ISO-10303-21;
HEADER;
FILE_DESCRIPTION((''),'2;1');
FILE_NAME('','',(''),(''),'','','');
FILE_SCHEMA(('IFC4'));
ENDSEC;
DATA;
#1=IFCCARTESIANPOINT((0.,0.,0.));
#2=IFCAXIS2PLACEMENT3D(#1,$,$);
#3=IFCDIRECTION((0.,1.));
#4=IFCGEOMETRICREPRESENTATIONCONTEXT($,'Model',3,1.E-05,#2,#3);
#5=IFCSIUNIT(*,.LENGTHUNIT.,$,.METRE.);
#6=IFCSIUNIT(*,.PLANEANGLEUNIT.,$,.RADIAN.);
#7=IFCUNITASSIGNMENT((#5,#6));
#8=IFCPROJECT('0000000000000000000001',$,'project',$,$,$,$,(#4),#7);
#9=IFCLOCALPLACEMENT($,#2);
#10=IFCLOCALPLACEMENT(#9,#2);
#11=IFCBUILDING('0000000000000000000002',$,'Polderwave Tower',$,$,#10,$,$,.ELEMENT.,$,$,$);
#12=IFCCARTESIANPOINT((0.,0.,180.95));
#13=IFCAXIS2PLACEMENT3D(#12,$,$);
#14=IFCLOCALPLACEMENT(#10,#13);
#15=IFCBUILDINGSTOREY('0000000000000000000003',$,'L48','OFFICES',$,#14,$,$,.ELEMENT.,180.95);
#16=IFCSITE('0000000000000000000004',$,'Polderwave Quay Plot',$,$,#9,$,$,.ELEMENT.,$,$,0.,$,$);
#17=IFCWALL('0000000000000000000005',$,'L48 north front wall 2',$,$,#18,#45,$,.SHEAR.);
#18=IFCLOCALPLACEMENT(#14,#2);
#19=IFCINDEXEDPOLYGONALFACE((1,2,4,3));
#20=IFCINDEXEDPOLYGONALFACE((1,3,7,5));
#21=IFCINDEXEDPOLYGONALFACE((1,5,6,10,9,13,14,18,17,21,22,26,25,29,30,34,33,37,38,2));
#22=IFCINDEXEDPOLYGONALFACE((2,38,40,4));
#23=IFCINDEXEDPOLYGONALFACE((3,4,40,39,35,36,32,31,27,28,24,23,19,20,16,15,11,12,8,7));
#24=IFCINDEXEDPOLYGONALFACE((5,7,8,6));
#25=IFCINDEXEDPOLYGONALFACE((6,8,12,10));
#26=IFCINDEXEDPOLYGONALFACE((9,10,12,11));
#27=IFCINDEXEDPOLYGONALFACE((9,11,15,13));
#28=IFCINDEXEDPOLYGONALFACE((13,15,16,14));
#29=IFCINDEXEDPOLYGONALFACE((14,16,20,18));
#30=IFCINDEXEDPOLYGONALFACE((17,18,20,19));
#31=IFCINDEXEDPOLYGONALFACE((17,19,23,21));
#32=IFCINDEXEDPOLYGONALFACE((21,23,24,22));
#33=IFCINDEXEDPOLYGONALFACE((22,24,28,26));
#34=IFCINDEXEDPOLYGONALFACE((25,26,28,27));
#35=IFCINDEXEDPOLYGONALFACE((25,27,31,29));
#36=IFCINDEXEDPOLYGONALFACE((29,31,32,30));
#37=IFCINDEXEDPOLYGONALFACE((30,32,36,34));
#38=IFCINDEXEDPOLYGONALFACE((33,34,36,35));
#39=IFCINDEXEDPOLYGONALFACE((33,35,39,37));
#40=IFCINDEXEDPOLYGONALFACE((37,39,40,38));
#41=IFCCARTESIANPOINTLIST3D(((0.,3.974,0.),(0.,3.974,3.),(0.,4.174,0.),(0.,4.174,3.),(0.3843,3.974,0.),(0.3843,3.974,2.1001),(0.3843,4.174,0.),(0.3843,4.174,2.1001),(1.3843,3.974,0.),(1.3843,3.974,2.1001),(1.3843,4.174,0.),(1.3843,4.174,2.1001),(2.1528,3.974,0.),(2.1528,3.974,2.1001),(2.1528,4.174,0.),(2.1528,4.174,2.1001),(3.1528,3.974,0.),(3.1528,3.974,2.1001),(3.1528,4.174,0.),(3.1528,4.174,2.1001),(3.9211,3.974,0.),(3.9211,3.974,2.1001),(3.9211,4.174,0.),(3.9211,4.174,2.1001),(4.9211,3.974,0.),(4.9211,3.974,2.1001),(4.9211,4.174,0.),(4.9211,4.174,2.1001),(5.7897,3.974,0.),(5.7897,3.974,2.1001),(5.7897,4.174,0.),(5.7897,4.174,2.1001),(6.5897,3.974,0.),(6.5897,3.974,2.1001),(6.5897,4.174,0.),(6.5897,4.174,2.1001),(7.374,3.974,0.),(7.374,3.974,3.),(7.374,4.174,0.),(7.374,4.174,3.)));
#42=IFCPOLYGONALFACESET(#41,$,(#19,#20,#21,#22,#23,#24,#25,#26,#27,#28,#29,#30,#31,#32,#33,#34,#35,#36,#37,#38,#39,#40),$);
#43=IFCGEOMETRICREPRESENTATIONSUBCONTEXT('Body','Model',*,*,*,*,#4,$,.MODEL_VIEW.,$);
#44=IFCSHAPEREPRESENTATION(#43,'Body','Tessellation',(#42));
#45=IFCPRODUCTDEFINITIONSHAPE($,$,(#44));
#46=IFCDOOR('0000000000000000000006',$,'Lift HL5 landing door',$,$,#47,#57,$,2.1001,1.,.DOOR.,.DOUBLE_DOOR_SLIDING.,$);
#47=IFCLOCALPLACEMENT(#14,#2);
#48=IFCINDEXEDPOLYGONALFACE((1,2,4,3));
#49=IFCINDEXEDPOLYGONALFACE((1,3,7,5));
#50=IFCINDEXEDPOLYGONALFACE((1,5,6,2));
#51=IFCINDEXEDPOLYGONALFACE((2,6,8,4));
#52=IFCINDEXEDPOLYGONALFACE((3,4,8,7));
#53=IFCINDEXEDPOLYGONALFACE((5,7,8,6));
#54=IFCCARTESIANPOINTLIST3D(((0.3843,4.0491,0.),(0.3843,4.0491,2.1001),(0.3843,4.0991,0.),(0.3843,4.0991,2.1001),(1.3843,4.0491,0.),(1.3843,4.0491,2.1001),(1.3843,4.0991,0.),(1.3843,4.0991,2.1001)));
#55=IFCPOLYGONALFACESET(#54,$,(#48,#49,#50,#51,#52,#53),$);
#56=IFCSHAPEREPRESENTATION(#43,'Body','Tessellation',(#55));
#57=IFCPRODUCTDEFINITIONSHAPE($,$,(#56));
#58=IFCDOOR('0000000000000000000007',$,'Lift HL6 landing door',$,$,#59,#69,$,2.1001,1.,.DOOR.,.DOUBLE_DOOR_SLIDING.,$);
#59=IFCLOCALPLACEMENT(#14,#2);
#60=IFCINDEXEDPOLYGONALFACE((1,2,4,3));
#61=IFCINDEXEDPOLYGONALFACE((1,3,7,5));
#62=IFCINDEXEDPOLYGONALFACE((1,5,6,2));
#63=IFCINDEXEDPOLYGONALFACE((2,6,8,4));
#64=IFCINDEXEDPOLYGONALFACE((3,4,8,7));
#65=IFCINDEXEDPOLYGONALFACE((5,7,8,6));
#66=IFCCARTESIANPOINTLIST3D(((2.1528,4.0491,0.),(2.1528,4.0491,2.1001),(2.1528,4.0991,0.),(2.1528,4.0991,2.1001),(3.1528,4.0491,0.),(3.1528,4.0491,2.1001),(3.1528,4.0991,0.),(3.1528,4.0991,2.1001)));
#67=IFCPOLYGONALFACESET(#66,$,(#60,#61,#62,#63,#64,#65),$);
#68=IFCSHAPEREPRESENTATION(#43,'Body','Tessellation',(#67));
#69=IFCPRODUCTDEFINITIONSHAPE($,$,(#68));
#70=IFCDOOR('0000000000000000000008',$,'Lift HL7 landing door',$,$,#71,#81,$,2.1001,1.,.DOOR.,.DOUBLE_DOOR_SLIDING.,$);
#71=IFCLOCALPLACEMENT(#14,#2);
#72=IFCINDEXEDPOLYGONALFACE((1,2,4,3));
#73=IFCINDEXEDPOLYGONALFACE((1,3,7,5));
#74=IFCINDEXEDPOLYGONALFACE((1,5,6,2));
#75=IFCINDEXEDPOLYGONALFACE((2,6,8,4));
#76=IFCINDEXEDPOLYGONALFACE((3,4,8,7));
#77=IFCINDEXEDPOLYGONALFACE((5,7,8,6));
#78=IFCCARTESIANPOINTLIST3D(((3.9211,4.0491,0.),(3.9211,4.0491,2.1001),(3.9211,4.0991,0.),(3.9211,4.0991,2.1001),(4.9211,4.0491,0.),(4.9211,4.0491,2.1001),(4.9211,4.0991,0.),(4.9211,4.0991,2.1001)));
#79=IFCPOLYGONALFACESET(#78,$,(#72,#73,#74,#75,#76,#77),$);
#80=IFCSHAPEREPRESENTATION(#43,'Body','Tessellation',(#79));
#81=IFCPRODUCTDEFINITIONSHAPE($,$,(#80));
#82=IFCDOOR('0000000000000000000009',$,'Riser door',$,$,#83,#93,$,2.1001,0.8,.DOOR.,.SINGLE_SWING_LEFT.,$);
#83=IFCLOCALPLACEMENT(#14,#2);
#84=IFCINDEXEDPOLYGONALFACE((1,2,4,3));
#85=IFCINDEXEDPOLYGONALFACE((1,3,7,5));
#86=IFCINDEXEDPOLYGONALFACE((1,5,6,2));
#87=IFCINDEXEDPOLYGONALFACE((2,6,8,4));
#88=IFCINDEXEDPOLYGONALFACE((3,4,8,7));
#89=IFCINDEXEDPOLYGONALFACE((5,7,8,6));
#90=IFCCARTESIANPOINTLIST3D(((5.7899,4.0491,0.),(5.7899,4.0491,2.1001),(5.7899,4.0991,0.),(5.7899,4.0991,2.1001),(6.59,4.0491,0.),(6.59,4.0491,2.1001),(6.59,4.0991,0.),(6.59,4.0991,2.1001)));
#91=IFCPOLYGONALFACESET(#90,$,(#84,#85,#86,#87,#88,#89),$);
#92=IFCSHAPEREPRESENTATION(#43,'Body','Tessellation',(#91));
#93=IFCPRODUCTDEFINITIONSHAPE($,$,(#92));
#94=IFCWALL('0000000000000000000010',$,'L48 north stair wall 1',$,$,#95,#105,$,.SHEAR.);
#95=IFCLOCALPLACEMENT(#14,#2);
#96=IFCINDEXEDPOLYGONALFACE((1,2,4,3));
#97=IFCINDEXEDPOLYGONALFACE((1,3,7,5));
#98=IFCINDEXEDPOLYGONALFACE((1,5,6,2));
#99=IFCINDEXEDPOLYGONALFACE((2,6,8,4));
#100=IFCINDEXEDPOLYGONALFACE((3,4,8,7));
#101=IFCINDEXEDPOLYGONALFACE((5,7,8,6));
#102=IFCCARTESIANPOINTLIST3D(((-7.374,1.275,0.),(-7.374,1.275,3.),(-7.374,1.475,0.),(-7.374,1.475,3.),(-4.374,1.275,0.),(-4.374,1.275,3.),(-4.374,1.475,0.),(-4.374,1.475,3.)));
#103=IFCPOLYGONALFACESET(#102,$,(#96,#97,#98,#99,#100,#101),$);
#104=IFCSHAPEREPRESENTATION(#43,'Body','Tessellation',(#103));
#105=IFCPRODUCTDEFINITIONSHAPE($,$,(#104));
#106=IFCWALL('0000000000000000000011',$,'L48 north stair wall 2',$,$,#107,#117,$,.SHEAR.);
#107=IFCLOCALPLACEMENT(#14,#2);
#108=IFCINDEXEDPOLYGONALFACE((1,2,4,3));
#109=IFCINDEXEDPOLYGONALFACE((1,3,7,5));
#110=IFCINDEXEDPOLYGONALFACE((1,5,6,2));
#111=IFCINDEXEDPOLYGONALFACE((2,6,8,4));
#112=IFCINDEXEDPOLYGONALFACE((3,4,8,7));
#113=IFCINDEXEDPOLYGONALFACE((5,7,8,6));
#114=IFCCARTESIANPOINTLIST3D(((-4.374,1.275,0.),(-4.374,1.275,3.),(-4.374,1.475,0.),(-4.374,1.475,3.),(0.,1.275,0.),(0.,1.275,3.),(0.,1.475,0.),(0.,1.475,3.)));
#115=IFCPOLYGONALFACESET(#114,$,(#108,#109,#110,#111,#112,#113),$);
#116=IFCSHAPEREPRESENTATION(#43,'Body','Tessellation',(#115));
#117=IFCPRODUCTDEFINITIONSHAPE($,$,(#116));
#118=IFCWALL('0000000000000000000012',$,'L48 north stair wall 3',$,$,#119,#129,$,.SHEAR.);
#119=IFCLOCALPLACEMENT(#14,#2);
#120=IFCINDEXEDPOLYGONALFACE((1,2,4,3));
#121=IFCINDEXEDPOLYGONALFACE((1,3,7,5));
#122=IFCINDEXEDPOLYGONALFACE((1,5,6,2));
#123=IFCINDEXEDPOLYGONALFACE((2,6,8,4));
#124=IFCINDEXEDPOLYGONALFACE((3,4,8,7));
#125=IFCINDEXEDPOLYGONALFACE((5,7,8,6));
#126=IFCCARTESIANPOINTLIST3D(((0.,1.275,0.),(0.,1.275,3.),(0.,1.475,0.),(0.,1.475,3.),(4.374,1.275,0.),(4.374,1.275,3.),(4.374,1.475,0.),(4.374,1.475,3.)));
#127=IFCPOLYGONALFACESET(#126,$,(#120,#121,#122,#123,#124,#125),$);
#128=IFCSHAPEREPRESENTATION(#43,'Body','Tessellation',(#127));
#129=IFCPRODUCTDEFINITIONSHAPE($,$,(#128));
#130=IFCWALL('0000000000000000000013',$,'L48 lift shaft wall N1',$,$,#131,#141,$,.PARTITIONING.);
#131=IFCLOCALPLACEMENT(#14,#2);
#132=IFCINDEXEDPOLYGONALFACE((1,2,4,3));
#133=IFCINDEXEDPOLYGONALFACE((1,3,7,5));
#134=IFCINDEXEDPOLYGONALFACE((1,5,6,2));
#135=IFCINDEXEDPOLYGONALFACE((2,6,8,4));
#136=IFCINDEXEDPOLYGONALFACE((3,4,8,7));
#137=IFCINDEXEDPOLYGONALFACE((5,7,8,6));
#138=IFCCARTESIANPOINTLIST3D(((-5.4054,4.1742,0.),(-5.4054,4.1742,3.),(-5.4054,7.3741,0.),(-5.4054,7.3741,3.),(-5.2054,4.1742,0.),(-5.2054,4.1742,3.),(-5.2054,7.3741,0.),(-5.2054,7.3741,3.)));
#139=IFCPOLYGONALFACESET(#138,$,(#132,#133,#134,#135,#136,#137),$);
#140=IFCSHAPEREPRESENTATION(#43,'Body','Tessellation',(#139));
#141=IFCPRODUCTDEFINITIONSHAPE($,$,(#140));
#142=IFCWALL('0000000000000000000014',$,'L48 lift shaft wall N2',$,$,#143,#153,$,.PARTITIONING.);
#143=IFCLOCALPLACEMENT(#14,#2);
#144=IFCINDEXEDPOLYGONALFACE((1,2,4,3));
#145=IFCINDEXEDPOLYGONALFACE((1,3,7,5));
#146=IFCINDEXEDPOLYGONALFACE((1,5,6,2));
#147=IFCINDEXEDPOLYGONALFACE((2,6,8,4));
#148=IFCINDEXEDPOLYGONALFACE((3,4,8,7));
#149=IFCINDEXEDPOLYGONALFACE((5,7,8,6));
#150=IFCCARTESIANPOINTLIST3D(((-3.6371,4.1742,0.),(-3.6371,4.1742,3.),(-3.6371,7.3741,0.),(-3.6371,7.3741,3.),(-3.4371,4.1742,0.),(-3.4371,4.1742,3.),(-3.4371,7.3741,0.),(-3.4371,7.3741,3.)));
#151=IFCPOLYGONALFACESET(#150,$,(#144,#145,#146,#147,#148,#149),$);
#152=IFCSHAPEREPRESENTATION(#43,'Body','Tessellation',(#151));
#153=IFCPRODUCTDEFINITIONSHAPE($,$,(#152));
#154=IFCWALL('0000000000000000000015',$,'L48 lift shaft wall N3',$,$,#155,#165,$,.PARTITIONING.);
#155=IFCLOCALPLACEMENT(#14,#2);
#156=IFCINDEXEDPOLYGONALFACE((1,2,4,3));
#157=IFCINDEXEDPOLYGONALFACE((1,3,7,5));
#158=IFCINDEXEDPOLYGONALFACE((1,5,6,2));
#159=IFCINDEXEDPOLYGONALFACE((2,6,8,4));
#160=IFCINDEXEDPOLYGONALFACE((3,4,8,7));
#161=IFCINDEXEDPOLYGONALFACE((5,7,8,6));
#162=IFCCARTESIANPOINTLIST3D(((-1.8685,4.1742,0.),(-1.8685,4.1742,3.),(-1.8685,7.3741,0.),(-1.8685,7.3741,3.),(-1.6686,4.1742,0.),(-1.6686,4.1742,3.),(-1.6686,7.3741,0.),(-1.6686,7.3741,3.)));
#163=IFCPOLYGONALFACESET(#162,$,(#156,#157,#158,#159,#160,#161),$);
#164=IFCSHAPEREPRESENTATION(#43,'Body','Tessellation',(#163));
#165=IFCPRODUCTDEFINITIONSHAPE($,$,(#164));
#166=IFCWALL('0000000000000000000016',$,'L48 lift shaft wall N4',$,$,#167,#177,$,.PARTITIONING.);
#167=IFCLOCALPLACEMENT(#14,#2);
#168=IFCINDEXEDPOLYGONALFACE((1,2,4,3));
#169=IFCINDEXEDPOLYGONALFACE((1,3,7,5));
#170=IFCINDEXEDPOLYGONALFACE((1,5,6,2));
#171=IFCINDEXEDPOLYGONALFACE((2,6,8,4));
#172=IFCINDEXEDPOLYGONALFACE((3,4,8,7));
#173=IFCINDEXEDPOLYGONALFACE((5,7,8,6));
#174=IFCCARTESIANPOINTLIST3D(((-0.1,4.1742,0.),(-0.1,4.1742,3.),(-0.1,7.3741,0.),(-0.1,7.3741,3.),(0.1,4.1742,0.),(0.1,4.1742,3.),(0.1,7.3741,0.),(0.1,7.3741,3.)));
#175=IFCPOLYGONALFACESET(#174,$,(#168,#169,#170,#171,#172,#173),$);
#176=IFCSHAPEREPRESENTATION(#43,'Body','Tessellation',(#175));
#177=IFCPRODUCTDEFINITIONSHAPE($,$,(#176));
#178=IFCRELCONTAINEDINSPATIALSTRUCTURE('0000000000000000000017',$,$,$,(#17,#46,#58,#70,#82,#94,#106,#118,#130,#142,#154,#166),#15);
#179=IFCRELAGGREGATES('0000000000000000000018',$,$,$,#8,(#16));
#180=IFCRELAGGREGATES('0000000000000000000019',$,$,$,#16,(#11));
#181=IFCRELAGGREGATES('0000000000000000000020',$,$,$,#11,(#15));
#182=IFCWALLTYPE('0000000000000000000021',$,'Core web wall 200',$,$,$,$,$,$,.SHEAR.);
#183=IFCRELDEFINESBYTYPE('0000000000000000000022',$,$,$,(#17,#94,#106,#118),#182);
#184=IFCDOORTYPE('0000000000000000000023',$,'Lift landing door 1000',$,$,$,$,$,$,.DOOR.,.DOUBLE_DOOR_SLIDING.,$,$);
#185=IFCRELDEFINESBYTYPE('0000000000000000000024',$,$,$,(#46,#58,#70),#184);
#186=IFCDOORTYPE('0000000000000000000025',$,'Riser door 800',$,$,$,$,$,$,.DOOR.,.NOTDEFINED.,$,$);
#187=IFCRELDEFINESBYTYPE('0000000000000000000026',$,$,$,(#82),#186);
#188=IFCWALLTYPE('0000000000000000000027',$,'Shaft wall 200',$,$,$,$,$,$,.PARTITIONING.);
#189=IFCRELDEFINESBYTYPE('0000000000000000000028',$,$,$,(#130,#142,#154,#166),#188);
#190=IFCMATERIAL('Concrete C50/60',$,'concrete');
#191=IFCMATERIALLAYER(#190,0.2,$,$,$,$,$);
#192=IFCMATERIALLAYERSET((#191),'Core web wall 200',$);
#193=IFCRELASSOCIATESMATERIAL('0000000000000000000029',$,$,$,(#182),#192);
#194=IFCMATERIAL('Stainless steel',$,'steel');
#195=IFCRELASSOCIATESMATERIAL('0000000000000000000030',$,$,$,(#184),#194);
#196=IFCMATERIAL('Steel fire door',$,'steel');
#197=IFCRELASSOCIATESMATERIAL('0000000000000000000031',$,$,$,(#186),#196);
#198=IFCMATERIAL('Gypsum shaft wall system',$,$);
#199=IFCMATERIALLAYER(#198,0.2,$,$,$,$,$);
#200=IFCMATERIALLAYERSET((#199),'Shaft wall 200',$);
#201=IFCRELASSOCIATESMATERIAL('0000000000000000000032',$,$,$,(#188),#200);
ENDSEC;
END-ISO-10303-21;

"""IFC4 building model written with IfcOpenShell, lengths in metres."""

from ifc_helpers import new_model, si_unit, direction, frame, frame_2d, origin, place, context, subcontext, project, spatial, rectangle, extrude, material, layer, layer_set, type_object, element, fill, save


model = new_model("IFC4")

# Units and contexts
model_context = context("Model", 3, precision=1e-05, world=origin(), true_north=direction((0.0, 1.0)))
body_context = subcontext(model_context, "Body", "Model", "MODEL_VIEW")
ifc_project = project(units=[si_unit("LENGTHUNIT", "METRE"), si_unit("PLANEANGLEUNIT", "RADIAN")], contexts=[model_context])

# Site, building, storey
site_placement = place(None, origin())
site = spatial("IfcSite", under=ifc_project, at=site_placement, Name="Polderwave Quay Plot", CompositionType="ELEMENT", RefElevation=0.0)
building_placement = place(site_placement, origin())
building = spatial("IfcBuilding", under=site, at=building_placement, Name="Polderwave Tower", CompositionType="ELEMENT")
storey_placement = place(building_placement, frame((0.0, 0.0, 180.95)))
storey = spatial("IfcBuildingStorey", under=building, at=storey_placement, Name="L48", Description="OFFICES", CompositionType="ELEMENT", Elevation=180.95)

# Wall, openings, doors
ifc_material_1 = material(Name="Concrete C50/60", Category="concrete")
ifc_layer_1 = layer(ifc_material_1, 0.2)
ifc_layer_set_1 = layer_set([ifc_layer_1], Name="Core web wall 200")
wall_type_1 = type_object("IfcWallType", Name="Core web wall 200", PredefinedType="SHEAR", material=ifc_layer_set_1)
ifc_material_2 = material(Name="Stainless steel", Category="steel")
door_type_1 = type_object("IfcDoorType", Name="Lift landing door 1000", OperationType="DOUBLE_DOOR_SLIDING", PredefinedType="DOOR", material=ifc_material_2)
wall_1_placement = place(storey_placement, frame((0.0, 4.074, 0.0), z_axis=(0.0, 0.0, 1.0), x_axis=(1.0, 0.0, 0.0)))
wall_1 = element("IfcWall", 1, at=wall_1_placement, inside=storey, type_object=wall_type_1, Name="L48 north front wall 2", PredefinedType="SHEAR", context=body_context, shape_type="SweptSolid", body=[
    extrude(rectangle(XDim=7.374, YDim=0.2, at=frame_2d((3.687, 0.0))), origin(), (0.0, 0.0, 1.0), 3.0),
])
opening_1_placement = place(wall_1_placement, frame((0.3843, 0.0, 0.0)))
opening_1 = element("IfcOpeningElement", 2, at=opening_1_placement, cuts=wall_1, PredefinedType="OPENING", context=body_context, shape_type="SweptSolid", body=[
    extrude(rectangle(XDim=1.0, YDim=2.1001, at=frame_2d((0.5, 1.05))), frame((0.0, 0.1099, 0.0), z_axis=(0.0, -1.0, 0.0), x_axis=(1.0, 0.0, 0.0)), (0.0, 0.0, 1.0), 0.22),
])
opening_2_placement = place(wall_1_placement, frame((2.1528, 0.0, 0.0)))
opening_2 = element("IfcOpeningElement", 3, at=opening_2_placement, cuts=wall_1, PredefinedType="OPENING", context=body_context, shape_type="SweptSolid", body=[
    extrude(rectangle(XDim=1.0, YDim=2.1001, at=frame_2d((0.5, 1.05))), frame((0.0, 0.1099, 0.0), z_axis=(0.0, -1.0, 0.0), x_axis=(1.0, 0.0, 0.0)), (0.0, 0.0, 1.0), 0.22),
])
opening_3_placement = place(wall_1_placement, frame((3.9211, 0.0, 0.0)))
opening_3 = element("IfcOpeningElement", 4, at=opening_3_placement, cuts=wall_1, PredefinedType="OPENING", context=body_context, shape_type="SweptSolid", body=[
    extrude(rectangle(XDim=1.0, YDim=2.1001, at=frame_2d((0.5, 1.05))), frame((0.0, 0.1099, 0.0), z_axis=(0.0, -1.0, 0.0), x_axis=(1.0, 0.0, 0.0)), (0.0, 0.0, 1.0), 0.22),
])
opening_4_placement = place(wall_1_placement, frame((5.7898, 0.0, 0.0)))
opening_4 = element("IfcOpeningElement", 5, at=opening_4_placement, cuts=wall_1, PredefinedType="OPENING", context=body_context, shape_type="SweptSolid", body=[
    extrude(rectangle(XDim=0.8, YDim=2.1001, at=frame_2d((0.3999, 1.05))), frame((0.0, 0.1099, 0.0), z_axis=(0.0, -1.0, 0.0), x_axis=(1.0, 0.0, 0.0)), (0.0, 0.0, 1.0), 0.22),
])
door_1_placement = place(opening_1_placement, frame((1.0, 0.0, 0.0), z_axis=(0.0, 0.0, 1.0), x_axis=(-1.0, 0.0, 0.0)))
door_1 = element("IfcDoor", 6, at=door_1_placement, inside=storey, type_object=door_type_1, Name="Lift HL5 landing door", OperationType="DOUBLE_DOOR_SLIDING", OverallHeight=2.1001, OverallWidth=1.0, PredefinedType="DOOR", context=body_context, shape_type="SweptSolid", body=[
    extrude(rectangle(XDim=1.0, YDim=2.1001, at=frame_2d((0.5, 1.05))), frame((0.0, 0.0249, 0.0), z_axis=(0.0, -1.0, 0.0), x_axis=(1.0, 0.0, 0.0)), (0.0, 0.0, 1.0), 0.05),
])
fill(opening_1, door_1)
door_2_placement = place(opening_2_placement, frame((1.0, 0.0, 0.0), z_axis=(0.0, 0.0, 1.0), x_axis=(-1.0, 0.0, 0.0)))
door_2 = element("IfcDoor", 7, at=door_2_placement, inside=storey, type_object=door_type_1, Name="Lift HL6 landing door", OperationType="DOUBLE_DOOR_SLIDING", OverallHeight=2.1001, OverallWidth=1.0, PredefinedType="DOOR", context=body_context, shape_type="SweptSolid", body=[
    extrude(rectangle(XDim=1.0, YDim=2.1001, at=frame_2d((0.5, 1.05))), frame((0.0, 0.0249, 0.0), z_axis=(0.0, -1.0, 0.0), x_axis=(1.0, 0.0, 0.0)), (0.0, 0.0, 1.0), 0.05),
])
fill(opening_2, door_2)
door_3_placement = place(opening_3_placement, frame((1.0, 0.0, 0.0), z_axis=(0.0, 0.0, 1.0), x_axis=(-1.0, 0.0, 0.0)))
door_3 = element("IfcDoor", 8, at=door_3_placement, inside=storey, type_object=door_type_1, Name="Lift HL7 landing door", OperationType="DOUBLE_DOOR_SLIDING", OverallHeight=2.1001, OverallWidth=1.0, PredefinedType="DOOR", context=body_context, shape_type="SweptSolid", body=[
    extrude(rectangle(XDim=1.0, YDim=2.1001, at=frame_2d((0.5, 1.05))), frame((0.0, 0.0249, 0.0), z_axis=(0.0, -1.0, 0.0), x_axis=(1.0, 0.0, 0.0)), (0.0, 0.0, 1.0), 0.05),
])
fill(opening_3, door_3)
ifc_material_3 = material(Name="Steel fire door", Category="steel")
door_type_2 = type_object("IfcDoorType", Name="Riser door 800", OperationType="NOTDEFINED", PredefinedType="DOOR", material=ifc_material_3)
door_4_placement = place(opening_4_placement, frame((0.8, 0.0, 0.0), z_axis=(0.0, 0.0, 1.0), x_axis=(-1.0, 0.0, 0.0)))
door_4 = element("IfcDoor", 9, at=door_4_placement, inside=storey, type_object=door_type_2, Name="Riser door", OperationType="SINGLE_SWING_LEFT", OverallHeight=2.1001, OverallWidth=0.8, PredefinedType="DOOR", context=body_context, shape_type="SweptSolid", body=[
    extrude(rectangle(XDim=0.8, YDim=2.1001, at=frame_2d((0.3999, 1.05))), frame((0.0, 0.0249, 0.0), z_axis=(0.0, -1.0, 0.0), x_axis=(1.0, 0.0, 0.0)), (0.0, 0.0, 1.0), 0.05),
])
fill(opening_4, door_4)

# Walls
wall_2_placement = place(storey_placement, frame((-7.374, 1.375, 0.0), z_axis=(0.0, 0.0, 1.0), x_axis=(1.0, 0.0, 0.0)))
element("IfcWall", 10, at=wall_2_placement, inside=storey, type_object=wall_type_1, Name="L48 north stair wall 1", PredefinedType="SHEAR", context=body_context, shape_type="SweptSolid", body=[
    extrude(rectangle(XDim=3.0, YDim=0.2, at=frame_2d((1.5, 0.0))), origin(), (0.0, 0.0, 1.0), 3.0),
])
for number, where, z_axis, x_axis, name in (
    (11, (-4.374, 1.375, 0.0), (0.0, 0.0, 1.0), (1.0, 0.0, 0.0), "L48 north stair wall 2"),
    (12, (0.0, 1.375, 0.0), (0.0, 0.0, 1.0), (1.0, 0.0, 0.0), "L48 north stair wall 3"),
):
    element("IfcWall", number, at=place(storey_placement, frame(where, z_axis=z_axis, x_axis=x_axis)), inside=storey, type_object=wall_type_1, Name=name, PredefinedType="SHEAR", context=body_context, shape_type="SweptSolid", body=[
        extrude(rectangle(XDim=4.374, YDim=0.2, at=frame_2d((2.187, 0.0))), origin(), (0.0, 0.0, 1.0), 3.0),
    ])
ifc_material_4 = material(Name="Gypsum shaft wall system")
ifc_layer_2 = layer(ifc_material_4, 0.2)
ifc_layer_set_2 = layer_set([ifc_layer_2], Name="Shaft wall 200")
wall_type_2 = type_object("IfcWallType", Name="Shaft wall 200", PredefinedType="PARTITIONING", material=ifc_layer_set_2)
for number, where, z_axis, x_axis, name in (
    (13, (-5.3054, 4.1741, 0.0), (0.0, 0.0, 1.0), (0.0, 1.0, 0.0), "L48 lift shaft wall N1"),
    (14, (-3.5371, 4.1741, 0.0), (0.0, 0.0, 1.0), (0.0, 1.0, 0.0), "L48 lift shaft wall N2"),
    (15, (-1.7686, 4.1741, 0.0), (0.0, 0.0, 1.0), (0.0, 1.0, 0.0), "L48 lift shaft wall N3"),
    (16, (0.0, 4.1741, 0.0), (0.0, 0.0, 1.0), (0.0, 1.0, 0.0), "L48 lift shaft wall N4"),
):
    element("IfcWall", number, at=place(storey_placement, frame(where, z_axis=z_axis, x_axis=x_axis)), inside=storey, type_object=wall_type_2, Name=name, PredefinedType="PARTITIONING", context=body_context, shape_type="SweptSolid", body=[
        extrude(rectangle(XDim=3.2, YDim=0.2, at=frame_2d((1.6001, 0.0))), origin(), (0.0, 0.0, 1.0), 3.0),
    ])

save(model, "model.ifc")
